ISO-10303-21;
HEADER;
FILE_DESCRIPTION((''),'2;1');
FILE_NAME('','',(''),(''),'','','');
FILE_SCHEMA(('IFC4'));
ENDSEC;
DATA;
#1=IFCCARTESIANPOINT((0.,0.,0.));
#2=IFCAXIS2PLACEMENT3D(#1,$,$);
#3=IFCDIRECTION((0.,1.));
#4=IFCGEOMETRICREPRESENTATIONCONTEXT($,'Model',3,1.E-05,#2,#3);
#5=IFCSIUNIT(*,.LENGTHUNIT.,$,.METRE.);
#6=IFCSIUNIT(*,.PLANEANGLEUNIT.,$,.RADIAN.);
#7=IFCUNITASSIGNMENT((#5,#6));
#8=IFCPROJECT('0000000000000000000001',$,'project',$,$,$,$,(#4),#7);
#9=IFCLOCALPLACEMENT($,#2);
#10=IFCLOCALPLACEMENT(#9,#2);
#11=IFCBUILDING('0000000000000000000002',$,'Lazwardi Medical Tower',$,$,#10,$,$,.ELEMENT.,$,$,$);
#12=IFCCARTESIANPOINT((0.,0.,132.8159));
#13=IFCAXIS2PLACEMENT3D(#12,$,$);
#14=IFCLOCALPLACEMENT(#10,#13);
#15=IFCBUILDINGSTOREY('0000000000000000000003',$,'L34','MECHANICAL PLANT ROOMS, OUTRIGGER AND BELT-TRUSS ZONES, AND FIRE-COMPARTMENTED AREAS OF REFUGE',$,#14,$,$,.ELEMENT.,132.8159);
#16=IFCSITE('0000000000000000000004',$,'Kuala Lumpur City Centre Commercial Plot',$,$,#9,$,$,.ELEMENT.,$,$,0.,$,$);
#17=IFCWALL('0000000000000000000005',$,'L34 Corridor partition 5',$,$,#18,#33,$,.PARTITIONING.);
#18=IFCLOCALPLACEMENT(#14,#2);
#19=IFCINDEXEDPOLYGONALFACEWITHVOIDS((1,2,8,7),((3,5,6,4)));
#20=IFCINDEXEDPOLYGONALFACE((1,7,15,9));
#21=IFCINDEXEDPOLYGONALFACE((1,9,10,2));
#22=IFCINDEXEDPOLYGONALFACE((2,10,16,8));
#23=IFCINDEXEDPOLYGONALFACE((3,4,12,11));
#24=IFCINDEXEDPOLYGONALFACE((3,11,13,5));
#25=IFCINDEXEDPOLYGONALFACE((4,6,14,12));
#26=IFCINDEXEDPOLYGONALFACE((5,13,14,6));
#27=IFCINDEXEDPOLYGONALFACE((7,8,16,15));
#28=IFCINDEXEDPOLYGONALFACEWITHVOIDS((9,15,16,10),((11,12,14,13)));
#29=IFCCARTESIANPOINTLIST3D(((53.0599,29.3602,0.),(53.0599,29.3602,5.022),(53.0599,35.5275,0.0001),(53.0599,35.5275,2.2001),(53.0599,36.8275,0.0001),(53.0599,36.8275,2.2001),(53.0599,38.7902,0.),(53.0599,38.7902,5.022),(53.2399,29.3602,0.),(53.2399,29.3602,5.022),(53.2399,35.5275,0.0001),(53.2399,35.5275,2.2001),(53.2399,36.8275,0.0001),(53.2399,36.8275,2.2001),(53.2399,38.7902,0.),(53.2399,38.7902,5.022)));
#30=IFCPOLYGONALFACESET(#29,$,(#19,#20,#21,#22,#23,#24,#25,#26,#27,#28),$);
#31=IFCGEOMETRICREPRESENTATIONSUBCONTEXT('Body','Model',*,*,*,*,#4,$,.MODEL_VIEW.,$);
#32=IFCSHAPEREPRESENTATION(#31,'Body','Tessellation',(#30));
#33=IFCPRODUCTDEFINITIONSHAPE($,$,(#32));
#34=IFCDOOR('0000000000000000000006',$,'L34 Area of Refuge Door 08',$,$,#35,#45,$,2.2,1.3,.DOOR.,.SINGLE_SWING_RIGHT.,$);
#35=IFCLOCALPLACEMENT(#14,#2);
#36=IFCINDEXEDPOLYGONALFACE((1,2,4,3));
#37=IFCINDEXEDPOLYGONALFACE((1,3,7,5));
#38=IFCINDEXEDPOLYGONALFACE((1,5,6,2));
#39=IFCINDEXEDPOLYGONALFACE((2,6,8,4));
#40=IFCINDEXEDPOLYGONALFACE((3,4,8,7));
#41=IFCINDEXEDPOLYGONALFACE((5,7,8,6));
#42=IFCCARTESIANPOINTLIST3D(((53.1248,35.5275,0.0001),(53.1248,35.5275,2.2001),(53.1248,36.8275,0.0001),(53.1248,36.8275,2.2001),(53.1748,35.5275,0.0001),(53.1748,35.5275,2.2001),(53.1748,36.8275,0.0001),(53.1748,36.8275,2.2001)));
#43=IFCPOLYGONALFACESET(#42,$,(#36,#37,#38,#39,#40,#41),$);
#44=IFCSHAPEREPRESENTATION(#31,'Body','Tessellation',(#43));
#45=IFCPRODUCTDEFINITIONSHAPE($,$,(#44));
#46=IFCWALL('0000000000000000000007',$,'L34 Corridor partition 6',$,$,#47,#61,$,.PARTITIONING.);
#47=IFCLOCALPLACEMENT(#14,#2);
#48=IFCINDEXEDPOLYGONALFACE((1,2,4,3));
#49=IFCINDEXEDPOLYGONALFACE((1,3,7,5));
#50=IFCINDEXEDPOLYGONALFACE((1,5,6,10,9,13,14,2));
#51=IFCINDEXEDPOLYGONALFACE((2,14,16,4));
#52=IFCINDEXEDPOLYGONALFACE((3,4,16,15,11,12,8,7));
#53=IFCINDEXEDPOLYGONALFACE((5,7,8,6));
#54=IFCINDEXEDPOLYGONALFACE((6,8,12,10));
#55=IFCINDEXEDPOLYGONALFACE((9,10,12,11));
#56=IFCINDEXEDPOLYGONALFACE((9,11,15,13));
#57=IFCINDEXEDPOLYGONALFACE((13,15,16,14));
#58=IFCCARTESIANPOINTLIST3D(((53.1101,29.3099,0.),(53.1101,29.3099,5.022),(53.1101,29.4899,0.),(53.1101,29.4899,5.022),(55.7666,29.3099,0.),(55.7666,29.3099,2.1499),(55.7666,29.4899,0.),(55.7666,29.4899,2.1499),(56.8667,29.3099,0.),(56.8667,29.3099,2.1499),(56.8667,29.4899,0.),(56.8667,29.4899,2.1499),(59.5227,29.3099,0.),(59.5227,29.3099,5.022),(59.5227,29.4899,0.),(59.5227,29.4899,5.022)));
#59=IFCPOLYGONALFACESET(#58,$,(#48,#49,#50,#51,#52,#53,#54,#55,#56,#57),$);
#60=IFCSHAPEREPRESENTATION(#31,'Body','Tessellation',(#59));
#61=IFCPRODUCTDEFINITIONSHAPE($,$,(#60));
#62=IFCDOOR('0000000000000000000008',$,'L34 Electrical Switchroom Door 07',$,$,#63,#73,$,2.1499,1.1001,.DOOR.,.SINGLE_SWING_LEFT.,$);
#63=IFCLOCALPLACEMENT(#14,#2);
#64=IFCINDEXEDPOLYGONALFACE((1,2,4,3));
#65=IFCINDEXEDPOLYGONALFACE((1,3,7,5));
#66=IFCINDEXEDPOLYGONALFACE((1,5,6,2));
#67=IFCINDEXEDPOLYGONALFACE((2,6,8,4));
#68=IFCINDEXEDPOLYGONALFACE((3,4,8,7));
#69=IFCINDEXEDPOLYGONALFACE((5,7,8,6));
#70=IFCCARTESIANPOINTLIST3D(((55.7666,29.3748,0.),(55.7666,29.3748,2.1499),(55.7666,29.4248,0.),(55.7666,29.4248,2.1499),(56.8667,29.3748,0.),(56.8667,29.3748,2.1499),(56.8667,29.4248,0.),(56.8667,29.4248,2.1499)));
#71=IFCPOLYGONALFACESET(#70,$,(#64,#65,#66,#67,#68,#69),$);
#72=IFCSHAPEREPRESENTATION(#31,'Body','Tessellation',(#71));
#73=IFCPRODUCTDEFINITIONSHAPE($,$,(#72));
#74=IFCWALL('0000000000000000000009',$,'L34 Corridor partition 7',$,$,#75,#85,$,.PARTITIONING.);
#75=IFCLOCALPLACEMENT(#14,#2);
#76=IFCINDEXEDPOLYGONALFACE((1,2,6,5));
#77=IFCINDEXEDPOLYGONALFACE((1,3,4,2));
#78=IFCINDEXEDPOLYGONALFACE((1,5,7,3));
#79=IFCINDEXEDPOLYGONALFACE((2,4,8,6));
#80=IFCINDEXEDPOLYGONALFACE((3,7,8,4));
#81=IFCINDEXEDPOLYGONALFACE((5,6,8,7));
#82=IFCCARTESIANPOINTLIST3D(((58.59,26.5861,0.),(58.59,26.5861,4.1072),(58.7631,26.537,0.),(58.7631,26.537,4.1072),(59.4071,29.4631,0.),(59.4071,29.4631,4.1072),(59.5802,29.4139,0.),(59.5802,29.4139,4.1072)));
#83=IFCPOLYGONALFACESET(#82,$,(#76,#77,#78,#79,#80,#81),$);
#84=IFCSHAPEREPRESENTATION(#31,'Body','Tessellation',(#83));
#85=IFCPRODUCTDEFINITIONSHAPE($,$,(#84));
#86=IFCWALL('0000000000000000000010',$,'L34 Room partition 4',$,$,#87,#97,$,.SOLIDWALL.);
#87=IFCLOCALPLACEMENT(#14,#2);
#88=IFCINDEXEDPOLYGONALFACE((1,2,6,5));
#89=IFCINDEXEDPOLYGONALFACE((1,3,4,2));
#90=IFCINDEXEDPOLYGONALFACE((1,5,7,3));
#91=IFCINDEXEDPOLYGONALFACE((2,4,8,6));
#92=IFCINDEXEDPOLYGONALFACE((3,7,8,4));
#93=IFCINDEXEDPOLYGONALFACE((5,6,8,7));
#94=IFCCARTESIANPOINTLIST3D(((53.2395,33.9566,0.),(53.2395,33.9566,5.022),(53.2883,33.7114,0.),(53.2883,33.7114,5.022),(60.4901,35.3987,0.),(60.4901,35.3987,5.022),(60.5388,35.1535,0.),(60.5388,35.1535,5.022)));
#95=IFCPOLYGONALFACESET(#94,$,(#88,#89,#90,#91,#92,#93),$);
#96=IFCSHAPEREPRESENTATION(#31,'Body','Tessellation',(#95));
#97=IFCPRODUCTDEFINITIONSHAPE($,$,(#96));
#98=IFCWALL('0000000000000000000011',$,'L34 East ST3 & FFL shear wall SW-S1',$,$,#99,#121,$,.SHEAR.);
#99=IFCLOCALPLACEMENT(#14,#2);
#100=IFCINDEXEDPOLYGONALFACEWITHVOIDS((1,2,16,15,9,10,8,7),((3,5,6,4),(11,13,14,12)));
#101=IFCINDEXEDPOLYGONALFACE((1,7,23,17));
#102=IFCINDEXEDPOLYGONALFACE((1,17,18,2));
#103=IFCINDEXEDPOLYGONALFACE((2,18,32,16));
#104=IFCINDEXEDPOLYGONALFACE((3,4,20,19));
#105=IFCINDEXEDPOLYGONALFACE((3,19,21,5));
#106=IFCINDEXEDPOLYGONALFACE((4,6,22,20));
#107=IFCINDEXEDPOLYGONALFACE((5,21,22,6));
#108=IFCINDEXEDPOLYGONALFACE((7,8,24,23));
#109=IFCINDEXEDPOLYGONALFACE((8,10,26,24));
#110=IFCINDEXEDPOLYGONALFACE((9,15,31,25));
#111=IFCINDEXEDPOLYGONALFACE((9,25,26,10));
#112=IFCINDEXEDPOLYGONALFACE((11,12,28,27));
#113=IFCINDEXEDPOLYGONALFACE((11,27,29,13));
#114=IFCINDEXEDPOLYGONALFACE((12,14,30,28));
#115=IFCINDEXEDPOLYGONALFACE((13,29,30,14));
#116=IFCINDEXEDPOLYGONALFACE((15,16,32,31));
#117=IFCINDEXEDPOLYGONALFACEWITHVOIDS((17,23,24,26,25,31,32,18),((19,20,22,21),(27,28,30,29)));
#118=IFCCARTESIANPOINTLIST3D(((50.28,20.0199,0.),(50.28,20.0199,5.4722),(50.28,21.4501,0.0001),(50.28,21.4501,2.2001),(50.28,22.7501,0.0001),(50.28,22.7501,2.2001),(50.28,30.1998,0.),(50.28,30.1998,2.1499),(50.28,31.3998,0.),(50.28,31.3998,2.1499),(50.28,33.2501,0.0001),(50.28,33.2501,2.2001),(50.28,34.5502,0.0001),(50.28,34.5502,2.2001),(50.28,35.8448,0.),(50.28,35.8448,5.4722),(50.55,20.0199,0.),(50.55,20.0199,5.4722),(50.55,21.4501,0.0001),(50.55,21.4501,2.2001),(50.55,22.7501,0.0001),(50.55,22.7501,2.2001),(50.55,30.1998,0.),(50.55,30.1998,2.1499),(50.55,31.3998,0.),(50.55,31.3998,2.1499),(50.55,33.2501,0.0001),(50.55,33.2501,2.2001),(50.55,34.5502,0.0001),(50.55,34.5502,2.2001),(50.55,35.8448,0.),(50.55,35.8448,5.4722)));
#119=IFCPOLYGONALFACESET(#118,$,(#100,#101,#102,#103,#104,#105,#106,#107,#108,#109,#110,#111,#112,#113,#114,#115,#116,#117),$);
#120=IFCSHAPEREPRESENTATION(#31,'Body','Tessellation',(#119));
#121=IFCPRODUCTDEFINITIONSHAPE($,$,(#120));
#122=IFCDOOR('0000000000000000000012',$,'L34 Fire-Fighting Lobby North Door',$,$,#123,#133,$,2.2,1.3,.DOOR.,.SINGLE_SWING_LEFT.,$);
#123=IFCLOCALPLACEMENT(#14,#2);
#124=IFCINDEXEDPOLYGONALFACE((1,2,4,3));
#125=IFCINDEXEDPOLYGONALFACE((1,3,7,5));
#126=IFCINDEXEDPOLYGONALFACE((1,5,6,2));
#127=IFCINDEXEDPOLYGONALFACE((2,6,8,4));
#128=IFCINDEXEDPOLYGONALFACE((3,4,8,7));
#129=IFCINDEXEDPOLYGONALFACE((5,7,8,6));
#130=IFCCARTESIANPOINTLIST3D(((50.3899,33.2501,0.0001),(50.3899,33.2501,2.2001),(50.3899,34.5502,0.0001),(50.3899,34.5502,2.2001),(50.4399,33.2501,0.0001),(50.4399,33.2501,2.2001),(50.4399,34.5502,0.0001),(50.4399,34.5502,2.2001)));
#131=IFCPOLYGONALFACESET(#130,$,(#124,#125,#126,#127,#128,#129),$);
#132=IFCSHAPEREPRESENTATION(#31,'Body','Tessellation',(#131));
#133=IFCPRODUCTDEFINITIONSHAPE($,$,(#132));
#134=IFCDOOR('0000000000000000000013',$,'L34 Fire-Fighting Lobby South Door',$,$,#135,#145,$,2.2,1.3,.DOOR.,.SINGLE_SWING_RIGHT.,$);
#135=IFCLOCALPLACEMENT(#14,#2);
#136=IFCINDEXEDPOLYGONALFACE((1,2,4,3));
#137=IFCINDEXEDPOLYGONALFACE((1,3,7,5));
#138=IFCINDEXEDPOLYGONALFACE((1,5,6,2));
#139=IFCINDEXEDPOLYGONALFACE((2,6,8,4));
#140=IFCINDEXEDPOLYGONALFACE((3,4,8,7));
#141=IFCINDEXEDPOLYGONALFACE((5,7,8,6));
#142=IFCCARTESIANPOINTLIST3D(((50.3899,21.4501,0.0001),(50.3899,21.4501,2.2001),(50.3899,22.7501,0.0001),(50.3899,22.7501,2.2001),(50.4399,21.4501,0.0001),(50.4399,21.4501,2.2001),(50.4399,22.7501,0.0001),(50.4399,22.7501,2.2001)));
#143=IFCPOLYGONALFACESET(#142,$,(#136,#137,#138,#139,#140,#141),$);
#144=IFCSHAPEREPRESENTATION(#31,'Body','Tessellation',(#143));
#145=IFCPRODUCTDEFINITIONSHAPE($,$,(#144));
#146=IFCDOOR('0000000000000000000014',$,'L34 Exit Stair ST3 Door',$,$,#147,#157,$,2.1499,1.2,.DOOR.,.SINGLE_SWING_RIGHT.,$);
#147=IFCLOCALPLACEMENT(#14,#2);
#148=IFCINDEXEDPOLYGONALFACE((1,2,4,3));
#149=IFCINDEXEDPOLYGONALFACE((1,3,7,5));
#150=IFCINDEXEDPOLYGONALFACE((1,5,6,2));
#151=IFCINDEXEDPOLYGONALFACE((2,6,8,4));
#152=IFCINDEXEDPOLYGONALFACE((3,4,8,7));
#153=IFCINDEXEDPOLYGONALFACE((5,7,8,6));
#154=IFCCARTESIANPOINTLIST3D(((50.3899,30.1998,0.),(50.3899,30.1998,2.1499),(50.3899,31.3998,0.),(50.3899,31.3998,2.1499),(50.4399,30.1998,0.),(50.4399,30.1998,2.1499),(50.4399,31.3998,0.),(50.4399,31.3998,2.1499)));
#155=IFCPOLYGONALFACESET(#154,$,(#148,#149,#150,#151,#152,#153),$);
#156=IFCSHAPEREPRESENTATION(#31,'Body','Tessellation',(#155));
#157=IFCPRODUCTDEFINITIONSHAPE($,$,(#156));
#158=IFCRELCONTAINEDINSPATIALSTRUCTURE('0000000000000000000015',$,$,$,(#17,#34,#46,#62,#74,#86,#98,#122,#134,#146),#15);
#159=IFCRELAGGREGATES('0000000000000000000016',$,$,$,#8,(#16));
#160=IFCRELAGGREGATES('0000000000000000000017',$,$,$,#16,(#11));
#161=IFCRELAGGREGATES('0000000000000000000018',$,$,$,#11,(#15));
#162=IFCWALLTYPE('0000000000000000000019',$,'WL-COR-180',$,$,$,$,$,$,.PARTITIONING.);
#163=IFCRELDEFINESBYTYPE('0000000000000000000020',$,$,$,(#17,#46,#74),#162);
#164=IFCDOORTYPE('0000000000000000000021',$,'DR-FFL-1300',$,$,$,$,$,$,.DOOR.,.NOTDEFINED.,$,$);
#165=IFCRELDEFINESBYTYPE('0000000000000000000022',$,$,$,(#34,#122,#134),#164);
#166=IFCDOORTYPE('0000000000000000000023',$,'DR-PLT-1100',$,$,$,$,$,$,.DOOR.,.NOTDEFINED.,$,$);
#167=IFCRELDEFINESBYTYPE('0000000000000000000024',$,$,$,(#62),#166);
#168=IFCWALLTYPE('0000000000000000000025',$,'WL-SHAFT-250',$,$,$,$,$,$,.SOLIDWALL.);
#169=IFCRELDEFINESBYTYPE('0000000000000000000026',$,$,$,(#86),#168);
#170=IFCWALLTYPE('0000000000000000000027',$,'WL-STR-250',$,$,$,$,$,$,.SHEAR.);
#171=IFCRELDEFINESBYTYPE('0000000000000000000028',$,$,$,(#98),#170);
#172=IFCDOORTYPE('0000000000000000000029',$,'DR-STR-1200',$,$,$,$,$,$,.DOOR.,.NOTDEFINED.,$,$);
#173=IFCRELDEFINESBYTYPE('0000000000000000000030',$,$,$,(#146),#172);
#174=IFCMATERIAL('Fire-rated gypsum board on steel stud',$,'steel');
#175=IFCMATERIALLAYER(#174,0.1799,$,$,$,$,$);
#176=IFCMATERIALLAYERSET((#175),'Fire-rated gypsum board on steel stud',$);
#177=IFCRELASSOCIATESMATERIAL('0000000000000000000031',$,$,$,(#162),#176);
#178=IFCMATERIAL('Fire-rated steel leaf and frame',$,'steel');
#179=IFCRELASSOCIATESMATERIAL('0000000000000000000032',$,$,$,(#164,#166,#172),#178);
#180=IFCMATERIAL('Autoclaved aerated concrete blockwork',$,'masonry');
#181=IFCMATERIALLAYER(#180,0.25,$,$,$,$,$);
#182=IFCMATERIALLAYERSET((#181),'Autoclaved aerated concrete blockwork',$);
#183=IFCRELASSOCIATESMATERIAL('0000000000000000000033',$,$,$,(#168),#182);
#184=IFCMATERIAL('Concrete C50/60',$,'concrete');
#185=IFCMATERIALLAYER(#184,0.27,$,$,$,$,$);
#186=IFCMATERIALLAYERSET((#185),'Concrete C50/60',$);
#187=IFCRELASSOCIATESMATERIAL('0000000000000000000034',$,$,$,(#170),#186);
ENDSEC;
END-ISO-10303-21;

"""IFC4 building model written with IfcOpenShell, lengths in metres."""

from ifc_helpers import new_model, si_unit, direction, frame, frame_2d, origin, place, context, subcontext, project, spatial, rectangle, extrude, material, layer, layer_set, type_object, element, fill, save


model = new_model("IFC4")

# Units and contexts
model_context = context("Model", 3, precision=1e-05, world=origin(), true_north=direction((0.0, 1.0)))
body_context = subcontext(model_context, "Body", "Model", "MODEL_VIEW")
ifc_project = project(units=[si_unit("LENGTHUNIT", "METRE"), si_unit("PLANEANGLEUNIT", "RADIAN")], contexts=[model_context])

# Site, building, storey
site_placement = place(None, origin())
site = spatial("IfcSite", under=ifc_project, at=site_placement, Name="Kuala Lumpur City Centre Commercial Plot", CompositionType="ELEMENT", RefElevation=0.0)
building_placement = place(site_placement, origin())
building = spatial("IfcBuilding", under=site, at=building_placement, Name="Lazwardi Medical Tower", CompositionType="ELEMENT")
storey_placement = place(building_placement, frame((0.0, 0.0, 132.8159)))
storey = spatial("IfcBuildingStorey", under=building, at=storey_placement, Name="L34", Description="MECHANICAL PLANT ROOMS, OUTRIGGER AND BELT-TRUSS ZONES, AND FIRE-COMPARTMENTED AREAS OF REFUGE", CompositionType="ELEMENT", Elevation=132.8159)

# Walls, openings, doors
ifc_material_1 = material(Name="Fire-rated gypsum board on steel stud", Category="steel")
ifc_layer_1 = layer(ifc_material_1, 0.1799)
ifc_layer_set_1 = layer_set([ifc_layer_1], Name="Fire-rated gypsum board on steel stud")
wall_type_1 = type_object("IfcWallType", Name="WL-COR-180", PredefinedType="PARTITIONING", material=ifc_layer_set_1)
wall_1_placement = place(storey_placement, frame((53.1499, 38.79, 0.0), z_axis=(0.0, 0.0, 1.0), x_axis=(0.0, -1.0, 0.0)))
wall_1 = element("IfcWall", 1, at=wall_1_placement, inside=storey, type_object=wall_type_1, Name="L34 Corridor partition 5", PredefinedType="PARTITIONING", context=body_context, shape_type="SweptSolid", body=[
    extrude(rectangle(XDim=9.4299, YDim=0.1799, at=frame_2d((4.7148, 0.0))), origin(), (0.0, 0.0, 1.0), 5.022),
])
opening_1_placement = place(wall_1_placement, frame((1.9626, 0.0, 0.0)))
opening_1 = element("IfcOpeningElement", 2, at=opening_1_placement, cuts=wall_1, PredefinedType="OPENING", context=body_context, shape_type="SweptSolid", body=[
    extrude(rectangle(XDim=1.3, YDim=2.2, at=frame_2d((0.6499, 1.1001))), frame((0.0, 0.0999, 0.0), z_axis=(0.0, -1.0, 0.0), x_axis=(1.0, 0.0, 0.0)), (0.0, 0.0, 1.0), 0.2),
])
ifc_material_2 = material(Name="Fire-rated steel leaf and frame", Category="steel")
door_type_1 = type_object("IfcDoorType", Name="DR-FFL-1300", OperationType="NOTDEFINED", PredefinedType="DOOR", material=ifc_material_2)
door_1_placement = place(opening_1_placement, origin())
door_1 = element("IfcDoor", 3, at=door_1_placement, inside=storey, type_object=door_type_1, Name="L34 Area of Refuge Door 08", OperationType="SINGLE_SWING_RIGHT", OverallHeight=2.2, OverallWidth=1.3, PredefinedType="DOOR", context=body_context, shape_type="SweptSolid", body=[
    extrude(rectangle(XDim=1.3, YDim=2.2, at=frame_2d((0.6499, 1.1001))), frame((0.0, 0.0249, 0.0), z_axis=(0.0, -1.0, 0.0), x_axis=(1.0, 0.0, 0.0)), (0.0, 0.0, 1.0), 0.05),
])
fill(opening_1, door_1)
wall_2_placement = place(storey_placement, frame((53.1101, 29.3999, 0.0), z_axis=(0.0, 0.0, 1.0), x_axis=(1.0, 0.0, 0.0)))
wall_2 = element("IfcWall", 4, at=wall_2_placement, inside=storey, type_object=wall_type_1, Name="L34 Corridor partition 6", PredefinedType="PARTITIONING", context=body_context, shape_type="SweptSolid", body=[
    extrude(rectangle(XDim=6.4126, YDim=0.1799, at=frame_2d((3.2063, 0.0))), origin(), (0.0, 0.0, 1.0), 5.022),
])
opening_2_placement = place(wall_2_placement, frame((2.6565, 0.0, 0.0)))
opening_2 = element("IfcOpeningElement", 5, at=opening_2_placement, cuts=wall_2, PredefinedType="OPENING", context=body_context, shape_type="SweptSolid", body=[
    extrude(rectangle(XDim=1.1001, YDim=2.1499, at=frame_2d((0.55, 1.075))), frame((0.0, 0.0999, 0.0), z_axis=(0.0, -1.0, 0.0), x_axis=(1.0, 0.0, 0.0)), (0.0, 0.0, 1.0), 0.2),
])
door_type_2 = type_object("IfcDoorType", Name="DR-PLT-1100", OperationType="NOTDEFINED", PredefinedType="DOOR", material=ifc_material_2)
door_2_placement = place(opening_2_placement, origin())
door_2 = element("IfcDoor", 6, at=door_2_placement, inside=storey, type_object=door_type_2, Name="L34 Electrical Switchroom Door 07", OperationType="SINGLE_SWING_LEFT", OverallHeight=2.1499, OverallWidth=1.1001, PredefinedType="DOOR", context=body_context, shape_type="SweptSolid", body=[
    extrude(rectangle(XDim=1.1001, YDim=2.1499, at=frame_2d((0.55, 1.075))), frame((0.0, 0.0249, 0.0), z_axis=(0.0, -1.0, 0.0), x_axis=(1.0, 0.0, 0.0)), (0.0, 0.0, 1.0), 0.05),
])
fill(opening_2, door_2)

# Walls
wall_3_placement = place(storey_placement, frame((59.4937, 29.4385, 0.0), z_axis=(0.0, 0.0, 1.0), x_axis=(-0.273222, -0.961951, 0.0)))
element("IfcWall", 7, at=wall_3_placement, inside=storey, type_object=wall_type_1, Name="L34 Corridor partition 7", PredefinedType="PARTITIONING", context=body_context, shape_type="SweptSolid", body=[
    extrude(rectangle(XDim=2.9907, YDim=0.1799, at=frame_2d((1.4954, 0.0))), origin(), (0.0, 0.0, 1.0), 4.1072),
])
ifc_material_3 = material(Name="Autoclaved aerated concrete blockwork", Category="masonry")
ifc_layer_2 = layer(ifc_material_3, 0.25)
ifc_layer_set_2 = layer_set([ifc_layer_2], Name="Autoclaved aerated concrete blockwork")
wall_type_2 = type_object("IfcWallType", Name="WL-SHAFT-250", PredefinedType="SOLIDWALL", material=ifc_layer_set_2)
wall_4_placement = place(storey_placement, frame((53.2639, 33.834, 0.0), z_axis=(0.0, 0.0, 1.0), x_axis=(0.980787, 0.195081, 0.0)))
element("IfcWall", 8, at=wall_4_placement, inside=storey, type_object=wall_type_2, Name="L34 Room partition 4", PredefinedType="SOLIDWALL", context=body_context, shape_type="SweptSolid", body=[
    extrude(rectangle(XDim=7.3926, YDim=0.25, at=frame_2d((3.6963, 0.0))), origin(), (0.0, 0.0, 1.0), 5.022),
])

# Wall, openings, doors
ifc_material_4 = material(Name="Concrete C50/60", Category="concrete")
ifc_layer_3 = layer(ifc_material_4, 0.27)
ifc_layer_set_3 = layer_set([ifc_layer_3], Name="Concrete C50/60")
wall_type_3 = type_object("IfcWallType", Name="WL-STR-250", PredefinedType="SHEAR", material=ifc_layer_set_3)
wall_5_placement = place(storey_placement, frame((50.415, 35.845, 0.0), z_axis=(0.0, 0.0, 1.0), x_axis=(0.0, -1.0, 0.0)))
wall_5 = element("IfcWall", 9, at=wall_5_placement, inside=storey, type_object=wall_type_3, Name="L34 East ST3 & FFL shear wall SW-S1", PredefinedType="SHEAR", context=body_context, shape_type="SweptSolid", body=[
    extrude(rectangle(XDim=15.825, YDim=0.27, at=frame_2d((7.9126, 0.0))), origin(), (0.0, 0.0, 1.0), 5.4722),
])
opening_3_placement = place(wall_5_placement, frame((4.4451, 0.0, 0.0)))
opening_3 = element("IfcOpeningElement", 10, at=opening_3_placement, cuts=wall_5, PredefinedType="OPENING", context=body_context, shape_type="SweptSolid", body=[
    extrude(rectangle(XDim=1.2, YDim=2.1499, at=frame_2d((0.6001, 1.075))), frame((0.0, 0.145, 0.0), z_axis=(0.0, -1.0, 0.0), x_axis=(1.0, 0.0, 0.0)), (0.0, 0.0, 1.0), 0.29),
])
opening_4_placement = place(wall_5_placement, frame((1.2949, 0.0, 0.0)))
opening_4 = element("IfcOpeningElement", 11, at=opening_4_placement, cuts=wall_5, PredefinedType="OPENING", context=body_context, shape_type="SweptSolid", body=[
    extrude(rectangle(XDim=1.3, YDim=2.2, at=frame_2d((0.6499, 1.1001))), frame((0.0, 0.145, 0.0), z_axis=(0.0, -1.0, 0.0), x_axis=(1.0, 0.0, 0.0)), (0.0, 0.0, 1.0), 0.29),
])
opening_5_placement = place(wall_5_placement, frame((13.095, 0.0, 0.0)))
opening_5 = element("IfcOpeningElement", 12, at=opening_5_placement, cuts=wall_5, PredefinedType="OPENING", context=body_context, shape_type="SweptSolid", body=[
    extrude(rectangle(XDim=1.3, YDim=2.2, at=frame_2d((0.6499, 1.1001))), frame((0.0, 0.145, 0.0), z_axis=(0.0, -1.0, 0.0), x_axis=(1.0, 0.0, 0.0)), (0.0, 0.0, 1.0), 0.29),
])
door_3_placement = place(opening_4_placement, origin())
door_3 = element("IfcDoor", 13, at=door_3_placement, inside=storey, type_object=door_type_1, Name="L34 Fire-Fighting Lobby North Door", OperationType="SINGLE_SWING_LEFT", OverallHeight=2.2, OverallWidth=1.3, PredefinedType="DOOR", context=body_context, shape_type="SweptSolid", body=[
    extrude(rectangle(XDim=1.3, YDim=2.2, at=frame_2d((0.6499, 1.1001))), frame((0.0, 0.0249, 0.0), z_axis=(0.0, -1.0, 0.0), x_axis=(1.0, 0.0, 0.0)), (0.0, 0.0, 1.0), 0.05),
])
fill(opening_4, door_3)
door_4_placement = place(opening_5_placement, origin())
door_4 = element("IfcDoor", 14, at=door_4_placement, inside=storey, type_object=door_type_1, Name="L34 Fire-Fighting Lobby South Door", OperationType="SINGLE_SWING_RIGHT", OverallHeight=2.2, OverallWidth=1.3, PredefinedType="DOOR", context=body_context, shape_type="SweptSolid", body=[
    extrude(rectangle(XDim=1.3, YDim=2.2, at=frame_2d((0.6499, 1.1001))), frame((0.0, 0.0249, 0.0), z_axis=(0.0, -1.0, 0.0), x_axis=(1.0, 0.0, 0.0)), (0.0, 0.0, 1.0), 0.05),
])
fill(opening_5, door_4)
door_type_3 = type_object("IfcDoorType", Name="DR-STR-1200", OperationType="NOTDEFINED", PredefinedType="DOOR", material=ifc_material_2)
door_5_placement = place(opening_3_placement, origin())
door_5 = element("IfcDoor", 15, at=door_5_placement, inside=storey, type_object=door_type_3, Name="L34 Exit Stair ST3 Door", OperationType="SINGLE_SWING_RIGHT", OverallHeight=2.1499, OverallWidth=1.2, PredefinedType="DOOR", context=body_context, shape_type="SweptSolid", body=[
    extrude(rectangle(XDim=1.2, YDim=2.1499, at=frame_2d((0.6001, 1.075))), frame((0.0, 0.0249, 0.0), z_axis=(0.0, -1.0, 0.0), x_axis=(1.0, 0.0, 0.0)), (0.0, 0.0, 1.0), 0.05),
])
fill(opening_3, door_5)

save(model, "model.ifc")
